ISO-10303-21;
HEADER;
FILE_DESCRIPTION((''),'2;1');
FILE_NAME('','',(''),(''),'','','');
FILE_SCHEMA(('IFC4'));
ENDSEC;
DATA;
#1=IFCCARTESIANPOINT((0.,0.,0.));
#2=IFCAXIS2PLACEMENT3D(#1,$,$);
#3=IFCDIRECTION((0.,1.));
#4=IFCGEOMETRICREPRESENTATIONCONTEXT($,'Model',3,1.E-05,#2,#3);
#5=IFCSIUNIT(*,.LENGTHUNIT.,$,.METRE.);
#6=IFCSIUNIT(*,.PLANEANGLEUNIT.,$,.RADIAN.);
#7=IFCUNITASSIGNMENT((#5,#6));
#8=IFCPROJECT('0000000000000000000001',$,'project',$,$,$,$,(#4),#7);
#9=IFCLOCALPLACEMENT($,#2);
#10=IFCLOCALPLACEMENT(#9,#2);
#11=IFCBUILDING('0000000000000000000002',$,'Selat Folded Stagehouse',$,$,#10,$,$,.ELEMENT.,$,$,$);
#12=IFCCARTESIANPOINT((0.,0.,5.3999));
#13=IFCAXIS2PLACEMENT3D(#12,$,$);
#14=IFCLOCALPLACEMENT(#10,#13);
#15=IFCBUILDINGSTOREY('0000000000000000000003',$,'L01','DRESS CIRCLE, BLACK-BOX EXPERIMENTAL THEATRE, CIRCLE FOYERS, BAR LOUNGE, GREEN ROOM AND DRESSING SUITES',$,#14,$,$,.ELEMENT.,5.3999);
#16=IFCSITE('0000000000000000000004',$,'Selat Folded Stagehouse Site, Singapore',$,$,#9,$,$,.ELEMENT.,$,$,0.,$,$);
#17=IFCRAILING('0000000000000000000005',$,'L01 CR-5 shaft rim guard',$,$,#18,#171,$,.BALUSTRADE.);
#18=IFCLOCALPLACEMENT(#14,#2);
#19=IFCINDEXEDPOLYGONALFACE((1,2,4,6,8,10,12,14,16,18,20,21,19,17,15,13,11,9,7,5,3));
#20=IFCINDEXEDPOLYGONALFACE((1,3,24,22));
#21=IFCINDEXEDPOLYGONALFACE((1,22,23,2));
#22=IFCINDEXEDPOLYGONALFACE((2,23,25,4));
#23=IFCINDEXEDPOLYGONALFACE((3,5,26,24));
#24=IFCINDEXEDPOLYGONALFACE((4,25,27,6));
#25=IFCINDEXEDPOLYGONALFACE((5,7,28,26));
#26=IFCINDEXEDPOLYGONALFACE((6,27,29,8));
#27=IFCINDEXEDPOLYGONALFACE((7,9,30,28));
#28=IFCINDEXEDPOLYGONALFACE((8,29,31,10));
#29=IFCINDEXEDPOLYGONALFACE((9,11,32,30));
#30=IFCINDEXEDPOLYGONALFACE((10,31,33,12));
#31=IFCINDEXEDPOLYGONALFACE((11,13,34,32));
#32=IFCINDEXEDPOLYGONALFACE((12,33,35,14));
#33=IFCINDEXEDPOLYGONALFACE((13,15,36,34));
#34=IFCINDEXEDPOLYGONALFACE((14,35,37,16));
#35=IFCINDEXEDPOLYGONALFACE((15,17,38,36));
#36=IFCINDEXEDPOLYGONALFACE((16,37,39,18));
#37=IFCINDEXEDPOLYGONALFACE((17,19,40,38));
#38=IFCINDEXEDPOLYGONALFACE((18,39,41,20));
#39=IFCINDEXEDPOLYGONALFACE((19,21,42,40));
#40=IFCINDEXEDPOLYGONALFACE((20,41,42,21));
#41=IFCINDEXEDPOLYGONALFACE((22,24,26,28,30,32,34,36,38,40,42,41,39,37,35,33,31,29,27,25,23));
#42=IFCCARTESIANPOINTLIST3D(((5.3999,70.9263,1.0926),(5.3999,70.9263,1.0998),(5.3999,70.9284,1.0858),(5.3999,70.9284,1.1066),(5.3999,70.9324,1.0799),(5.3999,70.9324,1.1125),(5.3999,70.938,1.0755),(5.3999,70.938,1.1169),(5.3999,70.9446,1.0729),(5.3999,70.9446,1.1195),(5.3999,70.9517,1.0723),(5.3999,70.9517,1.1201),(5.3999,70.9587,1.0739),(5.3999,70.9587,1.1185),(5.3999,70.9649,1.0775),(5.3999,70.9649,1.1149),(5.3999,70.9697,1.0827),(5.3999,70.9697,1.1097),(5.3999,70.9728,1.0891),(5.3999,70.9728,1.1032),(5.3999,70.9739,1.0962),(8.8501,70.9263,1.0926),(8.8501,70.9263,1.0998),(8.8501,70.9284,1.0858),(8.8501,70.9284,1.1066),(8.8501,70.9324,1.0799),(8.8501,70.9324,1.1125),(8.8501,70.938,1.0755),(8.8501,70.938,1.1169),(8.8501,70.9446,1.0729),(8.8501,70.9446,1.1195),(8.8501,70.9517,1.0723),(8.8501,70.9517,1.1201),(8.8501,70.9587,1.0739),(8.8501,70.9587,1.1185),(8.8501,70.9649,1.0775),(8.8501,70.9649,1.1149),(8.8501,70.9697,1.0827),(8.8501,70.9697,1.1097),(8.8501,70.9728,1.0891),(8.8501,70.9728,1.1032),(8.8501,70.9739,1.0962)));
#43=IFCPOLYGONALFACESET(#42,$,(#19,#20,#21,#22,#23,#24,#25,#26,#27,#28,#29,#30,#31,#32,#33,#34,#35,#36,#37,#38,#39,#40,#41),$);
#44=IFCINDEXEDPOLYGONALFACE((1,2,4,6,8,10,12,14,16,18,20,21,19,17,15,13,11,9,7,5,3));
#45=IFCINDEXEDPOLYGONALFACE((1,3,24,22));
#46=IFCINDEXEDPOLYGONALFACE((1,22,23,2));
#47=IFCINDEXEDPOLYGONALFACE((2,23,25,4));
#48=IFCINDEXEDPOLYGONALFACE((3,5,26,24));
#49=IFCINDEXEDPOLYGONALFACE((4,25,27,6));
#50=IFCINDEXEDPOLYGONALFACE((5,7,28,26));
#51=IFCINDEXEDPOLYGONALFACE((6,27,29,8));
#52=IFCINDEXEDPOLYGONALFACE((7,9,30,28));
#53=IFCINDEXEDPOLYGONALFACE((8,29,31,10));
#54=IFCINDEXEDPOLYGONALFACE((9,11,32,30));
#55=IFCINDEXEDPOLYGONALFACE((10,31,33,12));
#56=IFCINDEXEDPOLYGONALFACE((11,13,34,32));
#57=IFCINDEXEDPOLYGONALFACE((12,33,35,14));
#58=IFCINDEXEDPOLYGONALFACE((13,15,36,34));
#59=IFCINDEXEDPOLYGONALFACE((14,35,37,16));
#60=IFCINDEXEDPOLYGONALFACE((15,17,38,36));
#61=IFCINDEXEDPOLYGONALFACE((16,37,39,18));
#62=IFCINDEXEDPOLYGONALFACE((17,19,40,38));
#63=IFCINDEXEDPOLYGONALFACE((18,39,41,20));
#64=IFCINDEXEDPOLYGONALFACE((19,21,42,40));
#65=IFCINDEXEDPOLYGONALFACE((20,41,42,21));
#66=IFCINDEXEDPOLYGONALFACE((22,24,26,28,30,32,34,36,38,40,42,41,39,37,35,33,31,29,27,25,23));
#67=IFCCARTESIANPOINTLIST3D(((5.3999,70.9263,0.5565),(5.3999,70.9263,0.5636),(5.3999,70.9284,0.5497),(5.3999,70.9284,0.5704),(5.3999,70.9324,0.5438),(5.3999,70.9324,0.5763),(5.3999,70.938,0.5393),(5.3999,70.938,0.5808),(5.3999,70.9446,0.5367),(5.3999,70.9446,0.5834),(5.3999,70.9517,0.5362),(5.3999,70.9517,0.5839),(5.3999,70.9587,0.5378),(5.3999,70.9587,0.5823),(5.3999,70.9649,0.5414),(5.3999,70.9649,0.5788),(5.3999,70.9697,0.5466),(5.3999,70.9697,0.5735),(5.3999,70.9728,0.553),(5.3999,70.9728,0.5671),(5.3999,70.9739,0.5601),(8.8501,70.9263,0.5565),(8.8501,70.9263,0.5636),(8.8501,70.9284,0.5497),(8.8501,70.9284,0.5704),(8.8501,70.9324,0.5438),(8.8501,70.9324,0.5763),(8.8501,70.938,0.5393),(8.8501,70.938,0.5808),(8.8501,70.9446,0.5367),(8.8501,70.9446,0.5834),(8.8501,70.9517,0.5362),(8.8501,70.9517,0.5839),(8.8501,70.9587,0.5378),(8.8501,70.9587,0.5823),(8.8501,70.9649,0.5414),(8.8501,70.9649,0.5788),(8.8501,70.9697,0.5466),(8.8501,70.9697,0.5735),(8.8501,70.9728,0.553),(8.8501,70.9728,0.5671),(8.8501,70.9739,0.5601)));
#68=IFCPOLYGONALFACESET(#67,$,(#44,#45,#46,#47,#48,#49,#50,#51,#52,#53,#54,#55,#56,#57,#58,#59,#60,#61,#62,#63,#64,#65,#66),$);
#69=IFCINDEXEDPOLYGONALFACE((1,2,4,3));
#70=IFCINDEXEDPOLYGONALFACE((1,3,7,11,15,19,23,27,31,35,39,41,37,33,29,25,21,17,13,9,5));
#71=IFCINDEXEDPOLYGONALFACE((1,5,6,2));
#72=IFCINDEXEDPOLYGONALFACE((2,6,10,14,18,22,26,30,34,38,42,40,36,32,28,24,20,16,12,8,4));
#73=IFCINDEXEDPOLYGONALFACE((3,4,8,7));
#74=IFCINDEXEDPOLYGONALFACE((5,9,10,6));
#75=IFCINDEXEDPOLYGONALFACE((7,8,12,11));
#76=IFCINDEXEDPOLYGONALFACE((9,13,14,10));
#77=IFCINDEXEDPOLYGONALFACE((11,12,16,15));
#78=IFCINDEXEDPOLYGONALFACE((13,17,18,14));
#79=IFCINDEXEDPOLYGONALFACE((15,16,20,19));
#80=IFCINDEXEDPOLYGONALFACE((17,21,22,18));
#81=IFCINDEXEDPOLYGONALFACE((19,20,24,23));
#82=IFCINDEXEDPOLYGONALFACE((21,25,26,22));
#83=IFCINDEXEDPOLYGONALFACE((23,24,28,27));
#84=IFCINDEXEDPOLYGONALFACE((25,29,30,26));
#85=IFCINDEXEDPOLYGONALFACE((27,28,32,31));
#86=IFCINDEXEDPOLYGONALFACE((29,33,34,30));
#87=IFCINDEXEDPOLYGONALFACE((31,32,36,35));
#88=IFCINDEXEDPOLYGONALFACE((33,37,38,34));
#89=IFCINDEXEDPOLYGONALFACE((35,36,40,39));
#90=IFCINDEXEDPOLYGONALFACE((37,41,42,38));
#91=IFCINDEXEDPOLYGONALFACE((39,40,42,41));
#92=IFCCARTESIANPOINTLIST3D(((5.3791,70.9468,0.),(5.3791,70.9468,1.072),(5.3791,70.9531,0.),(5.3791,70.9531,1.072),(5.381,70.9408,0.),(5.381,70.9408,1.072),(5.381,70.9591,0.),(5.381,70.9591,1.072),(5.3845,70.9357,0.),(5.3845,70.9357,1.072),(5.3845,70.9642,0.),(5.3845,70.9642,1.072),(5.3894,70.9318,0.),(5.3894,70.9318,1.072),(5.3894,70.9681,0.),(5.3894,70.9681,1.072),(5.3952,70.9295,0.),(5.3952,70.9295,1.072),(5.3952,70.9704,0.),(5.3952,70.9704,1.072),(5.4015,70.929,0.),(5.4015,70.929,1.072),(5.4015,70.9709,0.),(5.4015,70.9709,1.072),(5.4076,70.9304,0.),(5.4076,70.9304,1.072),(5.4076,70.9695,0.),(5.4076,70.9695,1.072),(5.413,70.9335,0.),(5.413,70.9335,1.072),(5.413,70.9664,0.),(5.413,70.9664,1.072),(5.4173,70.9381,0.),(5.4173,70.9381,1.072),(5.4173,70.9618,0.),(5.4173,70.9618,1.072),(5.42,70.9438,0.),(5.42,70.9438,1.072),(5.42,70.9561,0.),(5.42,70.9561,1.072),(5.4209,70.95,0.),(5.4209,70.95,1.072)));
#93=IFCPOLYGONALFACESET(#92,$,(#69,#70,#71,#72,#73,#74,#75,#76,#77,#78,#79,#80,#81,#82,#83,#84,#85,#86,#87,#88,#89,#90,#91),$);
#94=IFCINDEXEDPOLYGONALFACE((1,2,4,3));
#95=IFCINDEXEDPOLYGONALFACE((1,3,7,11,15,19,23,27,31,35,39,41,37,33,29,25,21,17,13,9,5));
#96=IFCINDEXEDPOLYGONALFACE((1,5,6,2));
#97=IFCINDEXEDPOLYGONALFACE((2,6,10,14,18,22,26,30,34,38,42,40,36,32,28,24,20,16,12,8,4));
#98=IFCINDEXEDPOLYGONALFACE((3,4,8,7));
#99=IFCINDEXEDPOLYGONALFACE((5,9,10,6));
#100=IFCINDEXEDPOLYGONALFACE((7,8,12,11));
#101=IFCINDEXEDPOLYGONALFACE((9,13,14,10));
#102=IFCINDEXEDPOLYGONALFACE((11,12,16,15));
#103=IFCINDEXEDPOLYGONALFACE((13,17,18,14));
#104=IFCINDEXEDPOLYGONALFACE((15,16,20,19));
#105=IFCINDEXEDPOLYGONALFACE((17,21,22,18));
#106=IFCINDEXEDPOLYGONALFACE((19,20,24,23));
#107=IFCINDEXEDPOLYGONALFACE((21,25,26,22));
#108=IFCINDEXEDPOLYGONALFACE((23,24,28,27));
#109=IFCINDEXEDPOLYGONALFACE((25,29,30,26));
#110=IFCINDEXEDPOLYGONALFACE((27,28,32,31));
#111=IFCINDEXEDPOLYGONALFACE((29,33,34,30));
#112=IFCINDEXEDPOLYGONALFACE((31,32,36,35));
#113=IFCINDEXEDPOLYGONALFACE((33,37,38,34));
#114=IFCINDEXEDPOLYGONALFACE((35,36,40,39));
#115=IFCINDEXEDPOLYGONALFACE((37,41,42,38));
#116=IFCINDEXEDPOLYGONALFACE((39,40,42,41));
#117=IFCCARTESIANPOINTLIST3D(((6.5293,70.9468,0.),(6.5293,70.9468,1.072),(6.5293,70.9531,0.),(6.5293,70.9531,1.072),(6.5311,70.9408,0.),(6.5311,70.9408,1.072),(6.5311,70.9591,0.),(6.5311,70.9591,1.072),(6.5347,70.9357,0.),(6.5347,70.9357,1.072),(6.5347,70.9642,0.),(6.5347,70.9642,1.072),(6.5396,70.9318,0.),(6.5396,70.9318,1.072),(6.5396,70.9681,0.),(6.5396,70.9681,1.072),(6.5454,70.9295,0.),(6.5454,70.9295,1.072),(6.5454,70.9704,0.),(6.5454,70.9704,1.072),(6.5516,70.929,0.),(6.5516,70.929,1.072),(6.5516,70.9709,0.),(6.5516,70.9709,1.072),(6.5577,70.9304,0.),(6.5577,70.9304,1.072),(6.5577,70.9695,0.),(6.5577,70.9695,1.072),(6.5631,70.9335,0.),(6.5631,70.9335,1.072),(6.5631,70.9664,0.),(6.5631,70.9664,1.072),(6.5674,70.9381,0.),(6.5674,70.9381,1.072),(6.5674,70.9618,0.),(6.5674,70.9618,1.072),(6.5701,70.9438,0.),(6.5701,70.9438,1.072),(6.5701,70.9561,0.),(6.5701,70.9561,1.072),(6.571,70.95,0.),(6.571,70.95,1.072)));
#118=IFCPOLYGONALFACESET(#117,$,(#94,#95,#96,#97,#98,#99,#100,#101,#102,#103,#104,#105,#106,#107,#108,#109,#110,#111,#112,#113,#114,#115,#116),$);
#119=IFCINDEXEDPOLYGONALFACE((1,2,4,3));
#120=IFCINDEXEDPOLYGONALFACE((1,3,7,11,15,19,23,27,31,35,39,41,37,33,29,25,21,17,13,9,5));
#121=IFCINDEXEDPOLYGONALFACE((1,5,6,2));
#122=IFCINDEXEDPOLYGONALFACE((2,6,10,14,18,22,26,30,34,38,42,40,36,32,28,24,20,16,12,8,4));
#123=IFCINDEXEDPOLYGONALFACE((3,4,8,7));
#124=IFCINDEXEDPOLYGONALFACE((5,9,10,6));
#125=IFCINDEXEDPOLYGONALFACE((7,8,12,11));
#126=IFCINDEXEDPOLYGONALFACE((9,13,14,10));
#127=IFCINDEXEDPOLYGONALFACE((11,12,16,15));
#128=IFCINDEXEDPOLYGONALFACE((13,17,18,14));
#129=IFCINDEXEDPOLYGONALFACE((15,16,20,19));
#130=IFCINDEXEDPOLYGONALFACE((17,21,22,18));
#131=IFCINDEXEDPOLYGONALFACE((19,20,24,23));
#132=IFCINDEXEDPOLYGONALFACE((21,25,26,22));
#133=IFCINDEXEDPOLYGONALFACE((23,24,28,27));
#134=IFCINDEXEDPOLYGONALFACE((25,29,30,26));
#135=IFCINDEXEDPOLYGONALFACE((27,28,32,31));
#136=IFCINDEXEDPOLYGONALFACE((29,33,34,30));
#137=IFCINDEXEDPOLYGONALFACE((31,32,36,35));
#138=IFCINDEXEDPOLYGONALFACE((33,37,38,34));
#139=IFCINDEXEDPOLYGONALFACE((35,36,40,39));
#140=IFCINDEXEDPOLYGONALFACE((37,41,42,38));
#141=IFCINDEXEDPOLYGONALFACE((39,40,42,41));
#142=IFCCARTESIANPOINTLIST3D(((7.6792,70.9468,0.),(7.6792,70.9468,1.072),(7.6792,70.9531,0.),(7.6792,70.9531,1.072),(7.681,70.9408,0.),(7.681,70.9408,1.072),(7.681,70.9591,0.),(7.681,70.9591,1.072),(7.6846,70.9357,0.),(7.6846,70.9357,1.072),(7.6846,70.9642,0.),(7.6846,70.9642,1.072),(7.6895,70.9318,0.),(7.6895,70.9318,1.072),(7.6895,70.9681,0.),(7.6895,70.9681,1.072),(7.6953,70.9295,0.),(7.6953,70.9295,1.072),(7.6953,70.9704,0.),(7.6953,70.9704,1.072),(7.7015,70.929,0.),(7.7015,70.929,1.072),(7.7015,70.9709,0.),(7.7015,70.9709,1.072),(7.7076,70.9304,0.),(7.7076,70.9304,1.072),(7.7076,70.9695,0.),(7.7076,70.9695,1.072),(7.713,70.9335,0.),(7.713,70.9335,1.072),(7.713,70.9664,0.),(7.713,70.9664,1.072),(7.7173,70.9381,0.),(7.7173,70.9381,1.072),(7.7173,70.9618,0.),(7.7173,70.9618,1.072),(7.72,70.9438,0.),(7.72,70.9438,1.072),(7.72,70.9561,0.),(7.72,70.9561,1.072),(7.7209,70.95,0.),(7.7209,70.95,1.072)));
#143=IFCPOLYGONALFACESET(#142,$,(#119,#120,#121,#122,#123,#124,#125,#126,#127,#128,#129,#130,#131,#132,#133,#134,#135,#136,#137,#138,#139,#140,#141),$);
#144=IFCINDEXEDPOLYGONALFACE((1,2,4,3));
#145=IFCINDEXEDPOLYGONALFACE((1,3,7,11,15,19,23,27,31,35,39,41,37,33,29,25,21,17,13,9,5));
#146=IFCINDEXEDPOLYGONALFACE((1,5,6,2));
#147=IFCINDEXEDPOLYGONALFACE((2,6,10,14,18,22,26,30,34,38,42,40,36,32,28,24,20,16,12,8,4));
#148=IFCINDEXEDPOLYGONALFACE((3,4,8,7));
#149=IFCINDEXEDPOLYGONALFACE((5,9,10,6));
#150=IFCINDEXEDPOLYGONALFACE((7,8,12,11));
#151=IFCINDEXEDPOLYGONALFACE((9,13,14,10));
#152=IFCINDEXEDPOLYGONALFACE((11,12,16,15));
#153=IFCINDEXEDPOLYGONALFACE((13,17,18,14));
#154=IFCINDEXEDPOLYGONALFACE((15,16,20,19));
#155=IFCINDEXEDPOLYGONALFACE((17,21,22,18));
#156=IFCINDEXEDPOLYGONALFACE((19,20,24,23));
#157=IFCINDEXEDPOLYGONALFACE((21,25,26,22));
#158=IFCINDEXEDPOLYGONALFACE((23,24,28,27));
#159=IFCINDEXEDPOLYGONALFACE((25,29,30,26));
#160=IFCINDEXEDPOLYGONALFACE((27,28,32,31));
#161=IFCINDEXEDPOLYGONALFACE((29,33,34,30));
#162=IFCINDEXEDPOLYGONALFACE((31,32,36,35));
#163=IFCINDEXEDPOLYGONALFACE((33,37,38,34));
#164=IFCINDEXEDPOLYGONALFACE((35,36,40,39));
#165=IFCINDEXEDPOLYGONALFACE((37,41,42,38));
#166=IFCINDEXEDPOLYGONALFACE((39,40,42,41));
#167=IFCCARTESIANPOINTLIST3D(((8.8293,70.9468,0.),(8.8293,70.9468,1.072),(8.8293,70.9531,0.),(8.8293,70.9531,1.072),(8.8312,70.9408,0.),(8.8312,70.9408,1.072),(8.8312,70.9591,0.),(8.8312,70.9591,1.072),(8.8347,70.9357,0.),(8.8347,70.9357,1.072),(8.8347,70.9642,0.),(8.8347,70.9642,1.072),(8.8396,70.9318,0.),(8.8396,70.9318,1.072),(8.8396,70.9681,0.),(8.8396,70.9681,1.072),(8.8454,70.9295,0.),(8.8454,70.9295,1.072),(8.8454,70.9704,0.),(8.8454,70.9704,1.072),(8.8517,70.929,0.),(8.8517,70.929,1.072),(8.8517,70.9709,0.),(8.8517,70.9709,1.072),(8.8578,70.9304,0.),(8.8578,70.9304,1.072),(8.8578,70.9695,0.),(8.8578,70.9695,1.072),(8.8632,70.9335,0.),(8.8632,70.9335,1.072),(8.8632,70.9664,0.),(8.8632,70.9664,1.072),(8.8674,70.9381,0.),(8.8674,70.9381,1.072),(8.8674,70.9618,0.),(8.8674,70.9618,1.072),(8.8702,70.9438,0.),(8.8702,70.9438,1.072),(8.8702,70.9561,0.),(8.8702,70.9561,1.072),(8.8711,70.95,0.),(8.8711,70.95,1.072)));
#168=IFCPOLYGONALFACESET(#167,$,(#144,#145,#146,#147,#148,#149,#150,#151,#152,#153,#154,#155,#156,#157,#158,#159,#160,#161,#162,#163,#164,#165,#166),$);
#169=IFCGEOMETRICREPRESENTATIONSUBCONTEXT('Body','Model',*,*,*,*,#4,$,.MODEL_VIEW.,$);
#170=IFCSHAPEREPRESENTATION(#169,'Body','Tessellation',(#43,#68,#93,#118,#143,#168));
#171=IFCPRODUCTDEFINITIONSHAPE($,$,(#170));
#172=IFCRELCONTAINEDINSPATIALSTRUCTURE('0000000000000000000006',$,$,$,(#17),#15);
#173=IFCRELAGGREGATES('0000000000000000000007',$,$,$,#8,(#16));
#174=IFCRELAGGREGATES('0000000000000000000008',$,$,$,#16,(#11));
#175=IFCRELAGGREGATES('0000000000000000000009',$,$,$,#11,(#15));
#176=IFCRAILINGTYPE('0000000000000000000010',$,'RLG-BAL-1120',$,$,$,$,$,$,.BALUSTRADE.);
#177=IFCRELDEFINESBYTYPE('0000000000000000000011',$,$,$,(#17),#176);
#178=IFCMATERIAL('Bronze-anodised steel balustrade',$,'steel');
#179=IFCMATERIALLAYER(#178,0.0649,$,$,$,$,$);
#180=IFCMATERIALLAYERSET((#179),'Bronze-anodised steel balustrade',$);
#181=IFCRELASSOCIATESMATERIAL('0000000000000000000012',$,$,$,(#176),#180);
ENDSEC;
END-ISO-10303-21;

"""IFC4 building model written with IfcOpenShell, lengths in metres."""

from ifc_helpers import new_model, si_unit, direction, frame, origin, origin_2d, place, context, subcontext, project, spatial, circle, extrude, material, layer, layer_set, type_object, element, save


model = new_model("IFC4")

# Units and contexts
model_context = context("Model", 3, precision=1e-05, world=origin(), true_north=direction((0.0, 1.0)))
body_context = subcontext(model_context, "Body", "Model", "MODEL_VIEW")
ifc_project = project(units=[si_unit("LENGTHUNIT", "METRE"), si_unit("PLANEANGLEUNIT", "RADIAN")], contexts=[model_context])

# Site, building, storey
site_placement = place(None, origin())
site = spatial("IfcSite", under=ifc_project, at=site_placement, Name="Selat Folded Stagehouse Site, Singapore", CompositionType="ELEMENT", RefElevation=0.0)
building_placement = place(site_placement, origin())
building = spatial("IfcBuilding", under=site, at=building_placement, Name="Selat Folded Stagehouse", CompositionType="ELEMENT")
storey_placement = place(building_placement, frame((0.0, 0.0, 5.3999)))
storey = spatial("IfcBuildingStorey", under=building, at=storey_placement, Name="L01", Description="DRESS CIRCLE, BLACK-BOX EXPERIMENTAL THEATRE, CIRCLE FOYERS, BAR LOUNGE, GREEN ROOM AND DRESSING SUITES", CompositionType="ELEMENT", Elevation=5.3999)

# Railing
ifc_material_1 = material(Name="Bronze-anodised steel balustrade", Category="steel")
ifc_layer_1 = layer(ifc_material_1, 0.0649)
ifc_layer_set_1 = layer_set([ifc_layer_1], Name="Bronze-anodised steel balustrade")
railing_type_1 = type_object("IfcRailingType", Name="RLG-BAL-1120", PredefinedType="BALUSTRADE", material=ifc_layer_set_1)
railing_1_placement = place(storey_placement, frame((5.3999, 70.95, 0.0)))
element("IfcRailing", 1, at=railing_1_placement, inside=storey, type_object=railing_type_1, Name="L01 CR-5 shaft rim guard", PredefinedType="BALUSTRADE", context=body_context, shape_type="SweptSolid", body=[
    extrude(circle(Radius=0.0239, at=origin_2d()), frame((0.0, 0.0, 1.0962), z_axis=(1.0, 0.0, 0.0), x_axis=(0.0, 1.0, 0.0)), (0.0, 0.0, 1.0), 3.4502),
    extrude(circle(Radius=0.0239, at=origin_2d()), frame((0.0, 0.0, 0.5601), z_axis=(1.0, 0.0, 0.0), x_axis=(0.0, 1.0, 0.0)), (0.0, 0.0, 1.0), 3.4502),
    extrude(circle(Radius=0.021, at=origin_2d()), origin(), (0.0, 0.0, 1.0), 1.072),
    extrude(circle(Radius=0.021, at=origin_2d()), frame((1.1501, 0.0, 0.0)), (0.0, 0.0, 1.0), 1.072),
    extrude(circle(Radius=0.021, at=origin_2d()), frame((2.3, 0.0, 0.0)), (0.0, 0.0, 1.0), 1.072),
    extrude(circle(Radius=0.021, at=origin_2d()), frame((3.4502, 0.0, 0.0)), (0.0, 0.0, 1.0), 1.072),
])

save(model, "model.ifc")
